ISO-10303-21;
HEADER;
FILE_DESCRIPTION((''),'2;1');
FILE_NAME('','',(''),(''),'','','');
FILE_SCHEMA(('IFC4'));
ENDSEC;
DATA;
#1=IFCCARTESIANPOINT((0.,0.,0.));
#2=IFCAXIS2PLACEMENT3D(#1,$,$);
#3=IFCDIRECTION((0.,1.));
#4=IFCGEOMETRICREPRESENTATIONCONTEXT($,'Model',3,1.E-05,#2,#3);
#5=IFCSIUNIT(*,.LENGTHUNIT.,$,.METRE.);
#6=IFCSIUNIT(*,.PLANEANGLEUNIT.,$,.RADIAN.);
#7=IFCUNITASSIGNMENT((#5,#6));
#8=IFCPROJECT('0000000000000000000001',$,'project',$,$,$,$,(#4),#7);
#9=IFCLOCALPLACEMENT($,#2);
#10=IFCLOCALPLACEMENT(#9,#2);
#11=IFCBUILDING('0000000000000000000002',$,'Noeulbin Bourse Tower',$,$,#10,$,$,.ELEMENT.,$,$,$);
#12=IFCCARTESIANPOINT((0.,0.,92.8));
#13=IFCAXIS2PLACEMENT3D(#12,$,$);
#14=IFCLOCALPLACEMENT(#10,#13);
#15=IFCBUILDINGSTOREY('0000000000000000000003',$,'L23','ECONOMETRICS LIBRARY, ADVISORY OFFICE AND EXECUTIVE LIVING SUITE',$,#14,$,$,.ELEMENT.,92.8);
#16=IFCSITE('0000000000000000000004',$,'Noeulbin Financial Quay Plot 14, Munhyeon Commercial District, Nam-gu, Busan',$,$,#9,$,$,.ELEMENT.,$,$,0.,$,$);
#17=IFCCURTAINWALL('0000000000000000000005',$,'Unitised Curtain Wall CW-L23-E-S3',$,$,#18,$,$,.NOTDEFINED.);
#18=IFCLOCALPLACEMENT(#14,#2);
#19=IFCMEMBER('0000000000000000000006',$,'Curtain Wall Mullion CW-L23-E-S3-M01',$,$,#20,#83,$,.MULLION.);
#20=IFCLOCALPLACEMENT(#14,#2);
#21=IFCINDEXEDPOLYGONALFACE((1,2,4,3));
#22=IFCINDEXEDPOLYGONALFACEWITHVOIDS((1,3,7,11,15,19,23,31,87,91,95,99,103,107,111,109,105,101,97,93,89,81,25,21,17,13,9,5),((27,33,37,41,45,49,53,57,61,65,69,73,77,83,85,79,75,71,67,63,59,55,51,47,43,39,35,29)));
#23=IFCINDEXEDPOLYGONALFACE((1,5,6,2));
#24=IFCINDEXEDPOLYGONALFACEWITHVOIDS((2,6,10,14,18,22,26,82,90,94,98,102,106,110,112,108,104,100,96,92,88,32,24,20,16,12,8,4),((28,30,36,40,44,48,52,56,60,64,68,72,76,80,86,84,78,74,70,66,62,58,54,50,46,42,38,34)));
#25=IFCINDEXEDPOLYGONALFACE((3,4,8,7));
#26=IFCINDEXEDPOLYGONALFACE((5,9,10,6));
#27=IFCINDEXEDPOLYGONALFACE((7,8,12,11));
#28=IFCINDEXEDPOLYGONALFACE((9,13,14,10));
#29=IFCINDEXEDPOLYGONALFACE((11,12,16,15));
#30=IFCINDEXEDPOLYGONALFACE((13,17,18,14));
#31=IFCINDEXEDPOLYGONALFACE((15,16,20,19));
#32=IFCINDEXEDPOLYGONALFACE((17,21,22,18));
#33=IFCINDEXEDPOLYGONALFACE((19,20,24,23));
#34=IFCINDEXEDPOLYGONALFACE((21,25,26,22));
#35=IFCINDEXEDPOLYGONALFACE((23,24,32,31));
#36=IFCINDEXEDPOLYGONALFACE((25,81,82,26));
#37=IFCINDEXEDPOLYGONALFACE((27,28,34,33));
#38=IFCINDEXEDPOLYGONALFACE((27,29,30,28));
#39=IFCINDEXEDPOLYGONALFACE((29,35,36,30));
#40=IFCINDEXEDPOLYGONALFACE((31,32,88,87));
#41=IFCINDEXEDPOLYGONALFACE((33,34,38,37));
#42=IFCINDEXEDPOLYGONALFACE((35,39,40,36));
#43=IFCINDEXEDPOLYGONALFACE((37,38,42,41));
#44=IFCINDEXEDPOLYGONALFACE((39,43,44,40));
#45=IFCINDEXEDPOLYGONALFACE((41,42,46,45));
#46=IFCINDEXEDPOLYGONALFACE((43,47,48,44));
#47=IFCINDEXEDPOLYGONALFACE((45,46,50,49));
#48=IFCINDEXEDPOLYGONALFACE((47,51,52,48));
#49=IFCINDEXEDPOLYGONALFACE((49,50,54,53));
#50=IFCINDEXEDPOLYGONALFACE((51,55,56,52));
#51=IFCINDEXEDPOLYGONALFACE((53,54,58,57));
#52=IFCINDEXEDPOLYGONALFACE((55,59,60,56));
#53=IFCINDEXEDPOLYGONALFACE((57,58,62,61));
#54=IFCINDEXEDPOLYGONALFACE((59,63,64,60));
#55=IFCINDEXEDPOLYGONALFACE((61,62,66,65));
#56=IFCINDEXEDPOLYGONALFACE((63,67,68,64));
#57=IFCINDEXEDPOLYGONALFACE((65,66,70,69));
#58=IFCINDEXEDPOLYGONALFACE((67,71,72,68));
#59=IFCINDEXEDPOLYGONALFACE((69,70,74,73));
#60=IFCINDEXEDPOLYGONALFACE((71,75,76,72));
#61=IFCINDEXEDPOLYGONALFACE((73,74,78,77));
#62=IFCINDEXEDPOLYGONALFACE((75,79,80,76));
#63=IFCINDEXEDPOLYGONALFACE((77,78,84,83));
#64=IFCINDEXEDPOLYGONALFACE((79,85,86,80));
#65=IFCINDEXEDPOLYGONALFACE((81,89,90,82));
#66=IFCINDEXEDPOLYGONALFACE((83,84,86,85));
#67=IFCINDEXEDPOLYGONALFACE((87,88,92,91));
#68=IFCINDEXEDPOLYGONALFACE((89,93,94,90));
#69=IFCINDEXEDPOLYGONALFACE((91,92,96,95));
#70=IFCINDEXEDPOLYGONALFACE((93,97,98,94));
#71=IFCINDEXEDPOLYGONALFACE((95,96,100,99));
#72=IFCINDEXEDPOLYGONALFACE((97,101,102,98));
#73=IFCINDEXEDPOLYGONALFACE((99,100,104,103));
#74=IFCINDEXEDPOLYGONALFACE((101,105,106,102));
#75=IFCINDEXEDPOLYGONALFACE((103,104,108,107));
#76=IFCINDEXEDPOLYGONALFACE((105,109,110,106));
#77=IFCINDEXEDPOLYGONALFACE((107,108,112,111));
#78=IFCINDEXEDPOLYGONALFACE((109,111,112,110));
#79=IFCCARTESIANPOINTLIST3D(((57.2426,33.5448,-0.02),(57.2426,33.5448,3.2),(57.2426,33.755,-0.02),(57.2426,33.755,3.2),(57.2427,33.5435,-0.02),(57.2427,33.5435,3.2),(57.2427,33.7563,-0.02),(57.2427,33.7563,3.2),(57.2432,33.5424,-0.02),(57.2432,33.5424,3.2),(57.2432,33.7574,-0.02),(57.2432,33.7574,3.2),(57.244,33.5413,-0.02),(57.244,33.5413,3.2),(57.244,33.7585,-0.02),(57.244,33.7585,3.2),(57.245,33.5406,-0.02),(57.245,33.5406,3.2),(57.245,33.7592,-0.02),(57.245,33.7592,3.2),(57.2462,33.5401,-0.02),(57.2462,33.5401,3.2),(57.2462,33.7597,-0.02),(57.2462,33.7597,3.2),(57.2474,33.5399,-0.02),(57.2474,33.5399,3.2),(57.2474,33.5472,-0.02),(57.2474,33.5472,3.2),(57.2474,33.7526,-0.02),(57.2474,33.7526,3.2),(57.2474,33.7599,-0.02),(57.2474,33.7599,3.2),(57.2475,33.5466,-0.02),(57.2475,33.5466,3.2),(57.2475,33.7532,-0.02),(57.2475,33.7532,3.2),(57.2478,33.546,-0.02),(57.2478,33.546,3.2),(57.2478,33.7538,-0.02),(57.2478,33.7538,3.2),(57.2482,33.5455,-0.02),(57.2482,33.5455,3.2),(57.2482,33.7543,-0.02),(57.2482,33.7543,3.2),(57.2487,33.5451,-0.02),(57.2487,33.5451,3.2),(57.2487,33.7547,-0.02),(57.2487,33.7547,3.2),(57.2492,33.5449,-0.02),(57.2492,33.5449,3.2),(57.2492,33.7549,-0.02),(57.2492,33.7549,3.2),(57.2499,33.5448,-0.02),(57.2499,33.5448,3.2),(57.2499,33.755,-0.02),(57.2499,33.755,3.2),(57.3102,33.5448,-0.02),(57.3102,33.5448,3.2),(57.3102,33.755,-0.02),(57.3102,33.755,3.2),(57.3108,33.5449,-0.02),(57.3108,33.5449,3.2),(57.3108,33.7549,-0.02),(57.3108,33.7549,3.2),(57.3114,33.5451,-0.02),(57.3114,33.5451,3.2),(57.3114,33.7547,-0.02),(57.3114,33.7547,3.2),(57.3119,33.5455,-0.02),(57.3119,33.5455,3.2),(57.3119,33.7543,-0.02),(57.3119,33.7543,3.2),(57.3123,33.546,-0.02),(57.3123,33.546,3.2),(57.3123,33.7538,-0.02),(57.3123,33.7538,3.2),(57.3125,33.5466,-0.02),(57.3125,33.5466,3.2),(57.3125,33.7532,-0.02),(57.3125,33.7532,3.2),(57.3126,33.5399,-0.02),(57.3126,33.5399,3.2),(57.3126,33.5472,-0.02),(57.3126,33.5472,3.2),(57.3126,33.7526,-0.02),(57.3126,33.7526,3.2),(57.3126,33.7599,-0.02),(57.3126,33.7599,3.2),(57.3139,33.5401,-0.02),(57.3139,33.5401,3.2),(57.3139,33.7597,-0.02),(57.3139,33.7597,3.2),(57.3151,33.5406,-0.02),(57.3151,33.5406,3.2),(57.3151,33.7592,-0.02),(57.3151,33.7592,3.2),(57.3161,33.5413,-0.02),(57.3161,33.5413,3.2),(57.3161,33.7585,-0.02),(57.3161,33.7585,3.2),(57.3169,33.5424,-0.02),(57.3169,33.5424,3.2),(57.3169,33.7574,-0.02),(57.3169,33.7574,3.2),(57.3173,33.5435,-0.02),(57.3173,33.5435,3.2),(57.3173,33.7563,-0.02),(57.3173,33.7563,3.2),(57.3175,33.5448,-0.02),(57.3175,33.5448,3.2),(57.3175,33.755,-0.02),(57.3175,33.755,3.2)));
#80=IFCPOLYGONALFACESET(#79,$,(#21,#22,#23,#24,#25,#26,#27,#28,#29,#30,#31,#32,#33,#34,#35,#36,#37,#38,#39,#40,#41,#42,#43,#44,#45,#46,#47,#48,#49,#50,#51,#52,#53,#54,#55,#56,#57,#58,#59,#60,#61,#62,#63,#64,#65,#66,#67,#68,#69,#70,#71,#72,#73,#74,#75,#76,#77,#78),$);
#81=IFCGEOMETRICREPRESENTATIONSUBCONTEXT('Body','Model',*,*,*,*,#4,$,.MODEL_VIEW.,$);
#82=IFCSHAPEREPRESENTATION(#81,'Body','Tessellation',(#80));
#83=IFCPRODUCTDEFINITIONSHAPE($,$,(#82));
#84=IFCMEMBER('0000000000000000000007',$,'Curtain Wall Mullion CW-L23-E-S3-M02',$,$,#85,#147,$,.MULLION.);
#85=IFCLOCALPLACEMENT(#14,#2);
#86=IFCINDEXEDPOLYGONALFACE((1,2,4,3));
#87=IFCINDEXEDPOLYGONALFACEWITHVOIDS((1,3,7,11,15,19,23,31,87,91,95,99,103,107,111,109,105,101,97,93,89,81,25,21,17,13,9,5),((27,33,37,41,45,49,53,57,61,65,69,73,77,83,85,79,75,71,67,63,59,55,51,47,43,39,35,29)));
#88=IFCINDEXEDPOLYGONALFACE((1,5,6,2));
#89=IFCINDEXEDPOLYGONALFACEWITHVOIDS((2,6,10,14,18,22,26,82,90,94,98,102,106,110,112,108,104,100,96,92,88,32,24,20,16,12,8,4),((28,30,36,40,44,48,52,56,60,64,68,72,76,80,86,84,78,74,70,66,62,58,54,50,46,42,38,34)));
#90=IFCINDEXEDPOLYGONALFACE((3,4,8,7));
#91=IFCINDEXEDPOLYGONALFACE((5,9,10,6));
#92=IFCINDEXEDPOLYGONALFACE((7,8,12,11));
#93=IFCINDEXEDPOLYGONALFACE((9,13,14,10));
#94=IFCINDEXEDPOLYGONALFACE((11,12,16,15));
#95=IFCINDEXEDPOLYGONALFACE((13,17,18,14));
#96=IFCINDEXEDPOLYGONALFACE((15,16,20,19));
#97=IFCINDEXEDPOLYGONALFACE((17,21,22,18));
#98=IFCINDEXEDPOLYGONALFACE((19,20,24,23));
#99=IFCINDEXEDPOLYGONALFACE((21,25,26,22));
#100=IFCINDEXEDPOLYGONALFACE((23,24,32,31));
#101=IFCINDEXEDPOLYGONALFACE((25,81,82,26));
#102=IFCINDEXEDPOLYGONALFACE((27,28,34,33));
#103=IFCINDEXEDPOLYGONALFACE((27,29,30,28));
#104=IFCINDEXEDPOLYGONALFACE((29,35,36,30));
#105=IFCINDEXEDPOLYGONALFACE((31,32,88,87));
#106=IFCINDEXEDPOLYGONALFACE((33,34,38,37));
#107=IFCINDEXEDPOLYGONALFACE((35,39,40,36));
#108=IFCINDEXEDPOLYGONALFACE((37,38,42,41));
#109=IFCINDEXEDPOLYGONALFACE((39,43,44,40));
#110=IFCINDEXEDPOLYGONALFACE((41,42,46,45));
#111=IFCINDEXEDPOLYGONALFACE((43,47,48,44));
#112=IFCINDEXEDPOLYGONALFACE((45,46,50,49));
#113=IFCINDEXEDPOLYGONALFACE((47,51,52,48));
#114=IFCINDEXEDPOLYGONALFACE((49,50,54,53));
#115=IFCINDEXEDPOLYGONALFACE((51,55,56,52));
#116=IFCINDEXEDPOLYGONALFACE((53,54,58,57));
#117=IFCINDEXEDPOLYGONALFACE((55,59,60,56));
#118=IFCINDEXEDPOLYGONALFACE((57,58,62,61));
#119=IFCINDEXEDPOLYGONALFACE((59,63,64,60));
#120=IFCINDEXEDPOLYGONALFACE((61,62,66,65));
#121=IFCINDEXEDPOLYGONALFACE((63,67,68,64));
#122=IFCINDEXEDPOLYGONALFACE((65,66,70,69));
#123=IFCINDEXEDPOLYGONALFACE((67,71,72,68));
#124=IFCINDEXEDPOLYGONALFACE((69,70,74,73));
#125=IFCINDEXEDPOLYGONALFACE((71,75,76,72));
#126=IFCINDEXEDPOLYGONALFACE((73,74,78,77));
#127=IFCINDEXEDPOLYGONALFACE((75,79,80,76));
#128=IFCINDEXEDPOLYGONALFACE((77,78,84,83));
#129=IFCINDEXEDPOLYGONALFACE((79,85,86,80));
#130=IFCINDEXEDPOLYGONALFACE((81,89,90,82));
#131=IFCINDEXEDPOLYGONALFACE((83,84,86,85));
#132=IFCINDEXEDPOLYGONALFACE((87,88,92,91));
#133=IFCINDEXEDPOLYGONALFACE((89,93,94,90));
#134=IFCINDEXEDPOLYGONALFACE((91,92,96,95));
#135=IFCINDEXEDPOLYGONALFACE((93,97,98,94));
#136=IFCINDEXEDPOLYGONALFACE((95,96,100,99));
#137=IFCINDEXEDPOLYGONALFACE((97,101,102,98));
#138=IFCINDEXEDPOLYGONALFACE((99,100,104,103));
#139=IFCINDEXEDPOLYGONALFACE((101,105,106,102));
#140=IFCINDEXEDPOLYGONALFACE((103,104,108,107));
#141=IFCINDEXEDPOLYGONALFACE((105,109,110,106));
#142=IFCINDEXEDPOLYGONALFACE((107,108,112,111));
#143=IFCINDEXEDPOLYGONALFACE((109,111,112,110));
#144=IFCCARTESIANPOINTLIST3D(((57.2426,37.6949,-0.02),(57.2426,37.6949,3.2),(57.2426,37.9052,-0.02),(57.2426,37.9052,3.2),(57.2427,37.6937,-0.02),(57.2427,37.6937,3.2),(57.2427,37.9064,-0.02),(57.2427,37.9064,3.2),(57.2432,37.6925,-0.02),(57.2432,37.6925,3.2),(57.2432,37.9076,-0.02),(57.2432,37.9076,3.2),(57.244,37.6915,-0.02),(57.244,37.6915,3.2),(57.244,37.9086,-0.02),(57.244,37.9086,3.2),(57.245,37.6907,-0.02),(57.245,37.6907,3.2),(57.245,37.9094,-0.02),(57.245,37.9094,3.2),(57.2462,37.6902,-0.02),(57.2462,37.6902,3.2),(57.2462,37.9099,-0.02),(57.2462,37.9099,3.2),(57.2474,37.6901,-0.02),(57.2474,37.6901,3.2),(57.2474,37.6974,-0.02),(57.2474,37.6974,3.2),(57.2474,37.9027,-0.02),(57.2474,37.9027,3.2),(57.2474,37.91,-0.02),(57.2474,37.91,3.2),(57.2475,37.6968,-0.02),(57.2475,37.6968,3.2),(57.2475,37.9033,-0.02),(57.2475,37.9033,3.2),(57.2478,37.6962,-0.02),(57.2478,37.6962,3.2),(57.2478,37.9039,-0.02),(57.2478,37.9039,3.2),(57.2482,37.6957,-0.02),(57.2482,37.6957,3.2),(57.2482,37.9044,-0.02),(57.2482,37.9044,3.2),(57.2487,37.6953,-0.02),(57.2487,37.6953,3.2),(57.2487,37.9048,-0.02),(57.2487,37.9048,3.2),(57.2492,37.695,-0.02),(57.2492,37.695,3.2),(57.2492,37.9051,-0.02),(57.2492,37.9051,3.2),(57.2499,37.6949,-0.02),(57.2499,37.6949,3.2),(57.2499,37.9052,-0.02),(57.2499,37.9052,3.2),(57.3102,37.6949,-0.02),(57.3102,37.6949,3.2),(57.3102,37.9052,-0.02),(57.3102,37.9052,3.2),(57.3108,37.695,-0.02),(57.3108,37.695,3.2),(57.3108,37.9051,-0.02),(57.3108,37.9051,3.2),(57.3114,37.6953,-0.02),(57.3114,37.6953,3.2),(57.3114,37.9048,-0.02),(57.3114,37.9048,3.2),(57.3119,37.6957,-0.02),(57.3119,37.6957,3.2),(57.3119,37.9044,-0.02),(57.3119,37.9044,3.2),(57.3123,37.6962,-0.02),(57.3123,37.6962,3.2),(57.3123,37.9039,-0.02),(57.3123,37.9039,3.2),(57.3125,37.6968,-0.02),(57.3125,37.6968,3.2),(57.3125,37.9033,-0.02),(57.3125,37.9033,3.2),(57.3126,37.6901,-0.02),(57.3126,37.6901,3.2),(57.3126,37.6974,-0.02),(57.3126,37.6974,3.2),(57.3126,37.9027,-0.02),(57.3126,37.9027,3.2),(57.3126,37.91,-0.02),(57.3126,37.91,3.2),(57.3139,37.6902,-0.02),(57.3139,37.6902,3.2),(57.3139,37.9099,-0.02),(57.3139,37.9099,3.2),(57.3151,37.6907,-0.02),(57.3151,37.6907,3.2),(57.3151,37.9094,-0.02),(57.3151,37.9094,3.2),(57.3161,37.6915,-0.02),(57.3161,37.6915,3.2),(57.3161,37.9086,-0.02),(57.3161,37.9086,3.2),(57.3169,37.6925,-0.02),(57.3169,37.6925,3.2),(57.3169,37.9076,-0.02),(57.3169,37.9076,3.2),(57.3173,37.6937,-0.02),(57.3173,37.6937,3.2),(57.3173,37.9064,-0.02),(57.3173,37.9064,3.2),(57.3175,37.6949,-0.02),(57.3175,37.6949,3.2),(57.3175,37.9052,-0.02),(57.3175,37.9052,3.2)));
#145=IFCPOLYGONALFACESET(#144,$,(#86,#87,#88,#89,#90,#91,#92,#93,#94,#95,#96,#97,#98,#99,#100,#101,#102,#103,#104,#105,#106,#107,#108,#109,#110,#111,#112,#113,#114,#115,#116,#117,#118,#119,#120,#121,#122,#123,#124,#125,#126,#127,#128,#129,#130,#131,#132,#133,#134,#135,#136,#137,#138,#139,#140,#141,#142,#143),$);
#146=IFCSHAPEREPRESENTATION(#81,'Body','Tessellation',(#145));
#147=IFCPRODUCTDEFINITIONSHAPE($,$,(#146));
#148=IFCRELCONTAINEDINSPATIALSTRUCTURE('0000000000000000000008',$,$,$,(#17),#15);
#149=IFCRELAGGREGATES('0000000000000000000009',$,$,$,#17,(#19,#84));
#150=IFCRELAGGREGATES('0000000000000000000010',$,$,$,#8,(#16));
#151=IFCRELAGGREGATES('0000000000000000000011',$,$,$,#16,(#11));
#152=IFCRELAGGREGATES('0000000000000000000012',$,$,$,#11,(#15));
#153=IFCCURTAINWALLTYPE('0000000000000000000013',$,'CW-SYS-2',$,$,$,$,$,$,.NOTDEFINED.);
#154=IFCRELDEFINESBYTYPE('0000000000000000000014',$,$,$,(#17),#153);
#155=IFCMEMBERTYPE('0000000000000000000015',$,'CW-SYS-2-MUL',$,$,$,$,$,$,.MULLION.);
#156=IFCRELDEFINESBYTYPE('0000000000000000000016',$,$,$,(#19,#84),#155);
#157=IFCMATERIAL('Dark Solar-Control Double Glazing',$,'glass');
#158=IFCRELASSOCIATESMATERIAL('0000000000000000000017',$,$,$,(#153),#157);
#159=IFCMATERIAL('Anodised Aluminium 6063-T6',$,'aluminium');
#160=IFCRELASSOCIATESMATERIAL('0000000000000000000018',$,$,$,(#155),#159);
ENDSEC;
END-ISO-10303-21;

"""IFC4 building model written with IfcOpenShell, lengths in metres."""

from ifc_helpers import new_model, si_unit, direction, frame, origin, origin_2d, place, context, subcontext, project, spatial, hollow_rectangle, extrude, material, material_profile, profile_set, type_object, element, aggregate, save


model = new_model("IFC4")

# Units and contexts
model_context = context("Model", 3, precision=1e-05, world=origin(), true_north=direction((0.0, 1.0)))
body_context = subcontext(model_context, "Body", "Model", "MODEL_VIEW")
ifc_project = project(units=[si_unit("LENGTHUNIT", "METRE"), si_unit("PLANEANGLEUNIT", "RADIAN")], contexts=[model_context])

# Site, building, storey
site_placement = place(None, origin())
site = spatial("IfcSite", under=ifc_project, at=site_placement, Name="Noeulbin Financial Quay Plot 14, Munhyeon Commercial District, Nam-gu, Busan", CompositionType="ELEMENT", RefElevation=0.0)
building_placement = place(site_placement, origin())
building = spatial("IfcBuilding", under=site, at=building_placement, Name="Noeulbin Bourse Tower", CompositionType="ELEMENT")
storey_placement = place(building_placement, frame((0.0, 0.0, 92.8)))
storey = spatial("IfcBuildingStorey", under=building, at=storey_placement, Name="L23", Description="ECONOMETRICS LIBRARY, ADVISORY OFFICE AND EXECUTIVE LIVING SUITE", CompositionType="ELEMENT", Elevation=92.8)

# Shared definitions
ifc_material_1 = material(Name="Dark Solar-Control Double Glazing", Category="glass")
curtain_wall_type = type_object("IfcCurtainWallType", Name="CW-SYS-2", PredefinedType="NOTDEFINED", material=ifc_material_1)
ifc_material_2 = material(Name="Anodised Aluminium 6063-T6", Category="aluminium")
ifc_material_profile_1 = material_profile(ifc_material_2, hollow_rectangle(XDim=0.075, YDim=0.22, WallThickness=0.0049, InnerFilletRadius=0.0024, OuterFilletRadius=0.0049, at=origin_2d()), Name="ALU-MULL-75x220x5", Category="LoadBearing")
ifc_profile_set_1 = profile_set([ifc_material_profile_1], Name="Anodised Aluminium 6063-T6")
member_type_1 = type_object("IfcMemberType", Name="CW-SYS-2-MUL", PredefinedType="MULLION", material=ifc_profile_set_1)

# Curtain wall, members
curtain_wall_1_placement = place(storey_placement, origin())
curtain_wall_1 = element("IfcCurtainWall", 1, at=curtain_wall_1_placement, inside=storey, type_object=curtain_wall_type, Name="Unitised Curtain Wall CW-L23-E-S3", PredefinedType="NOTDEFINED")
member_1_placement = place(storey_placement, frame((57.28, 33.6499, -0.02), z_axis=(0.0, 0.0, 1.0), x_axis=(1.0, 0.0, 0.0)))
member_1 = element("IfcMember", 2, at=member_1_placement, type_object=member_type_1, Name="Curtain Wall Mullion CW-L23-E-S3-M01", PredefinedType="MULLION", context=body_context, shape_type="SweptSolid", body=[
    extrude(hollow_rectangle(XDim=0.075, YDim=0.22, WallThickness=0.0049, InnerFilletRadius=0.0024, OuterFilletRadius=0.0049, at=origin_2d()), origin(), (0.0, 0.0, 1.0), 3.22),
])
member_2_placement = place(storey_placement, frame((57.28, 37.8, -0.02), z_axis=(0.0, 0.0, 1.0), x_axis=(1.0, 0.0, 0.0)))
member_2 = element("IfcMember", 3, at=member_2_placement, type_object=member_type_1, Name="Curtain Wall Mullion CW-L23-E-S3-M02", PredefinedType="MULLION", context=body_context, shape_type="SweptSolid", body=[
    extrude(hollow_rectangle(XDim=0.075, YDim=0.22, WallThickness=0.0049, InnerFilletRadius=0.0024, OuterFilletRadius=0.0049, at=origin_2d()), origin(), (0.0, 0.0, 1.0), 3.22),
])

aggregate(curtain_wall_1, [member_1, member_2])

save(model, "model.ifc")
